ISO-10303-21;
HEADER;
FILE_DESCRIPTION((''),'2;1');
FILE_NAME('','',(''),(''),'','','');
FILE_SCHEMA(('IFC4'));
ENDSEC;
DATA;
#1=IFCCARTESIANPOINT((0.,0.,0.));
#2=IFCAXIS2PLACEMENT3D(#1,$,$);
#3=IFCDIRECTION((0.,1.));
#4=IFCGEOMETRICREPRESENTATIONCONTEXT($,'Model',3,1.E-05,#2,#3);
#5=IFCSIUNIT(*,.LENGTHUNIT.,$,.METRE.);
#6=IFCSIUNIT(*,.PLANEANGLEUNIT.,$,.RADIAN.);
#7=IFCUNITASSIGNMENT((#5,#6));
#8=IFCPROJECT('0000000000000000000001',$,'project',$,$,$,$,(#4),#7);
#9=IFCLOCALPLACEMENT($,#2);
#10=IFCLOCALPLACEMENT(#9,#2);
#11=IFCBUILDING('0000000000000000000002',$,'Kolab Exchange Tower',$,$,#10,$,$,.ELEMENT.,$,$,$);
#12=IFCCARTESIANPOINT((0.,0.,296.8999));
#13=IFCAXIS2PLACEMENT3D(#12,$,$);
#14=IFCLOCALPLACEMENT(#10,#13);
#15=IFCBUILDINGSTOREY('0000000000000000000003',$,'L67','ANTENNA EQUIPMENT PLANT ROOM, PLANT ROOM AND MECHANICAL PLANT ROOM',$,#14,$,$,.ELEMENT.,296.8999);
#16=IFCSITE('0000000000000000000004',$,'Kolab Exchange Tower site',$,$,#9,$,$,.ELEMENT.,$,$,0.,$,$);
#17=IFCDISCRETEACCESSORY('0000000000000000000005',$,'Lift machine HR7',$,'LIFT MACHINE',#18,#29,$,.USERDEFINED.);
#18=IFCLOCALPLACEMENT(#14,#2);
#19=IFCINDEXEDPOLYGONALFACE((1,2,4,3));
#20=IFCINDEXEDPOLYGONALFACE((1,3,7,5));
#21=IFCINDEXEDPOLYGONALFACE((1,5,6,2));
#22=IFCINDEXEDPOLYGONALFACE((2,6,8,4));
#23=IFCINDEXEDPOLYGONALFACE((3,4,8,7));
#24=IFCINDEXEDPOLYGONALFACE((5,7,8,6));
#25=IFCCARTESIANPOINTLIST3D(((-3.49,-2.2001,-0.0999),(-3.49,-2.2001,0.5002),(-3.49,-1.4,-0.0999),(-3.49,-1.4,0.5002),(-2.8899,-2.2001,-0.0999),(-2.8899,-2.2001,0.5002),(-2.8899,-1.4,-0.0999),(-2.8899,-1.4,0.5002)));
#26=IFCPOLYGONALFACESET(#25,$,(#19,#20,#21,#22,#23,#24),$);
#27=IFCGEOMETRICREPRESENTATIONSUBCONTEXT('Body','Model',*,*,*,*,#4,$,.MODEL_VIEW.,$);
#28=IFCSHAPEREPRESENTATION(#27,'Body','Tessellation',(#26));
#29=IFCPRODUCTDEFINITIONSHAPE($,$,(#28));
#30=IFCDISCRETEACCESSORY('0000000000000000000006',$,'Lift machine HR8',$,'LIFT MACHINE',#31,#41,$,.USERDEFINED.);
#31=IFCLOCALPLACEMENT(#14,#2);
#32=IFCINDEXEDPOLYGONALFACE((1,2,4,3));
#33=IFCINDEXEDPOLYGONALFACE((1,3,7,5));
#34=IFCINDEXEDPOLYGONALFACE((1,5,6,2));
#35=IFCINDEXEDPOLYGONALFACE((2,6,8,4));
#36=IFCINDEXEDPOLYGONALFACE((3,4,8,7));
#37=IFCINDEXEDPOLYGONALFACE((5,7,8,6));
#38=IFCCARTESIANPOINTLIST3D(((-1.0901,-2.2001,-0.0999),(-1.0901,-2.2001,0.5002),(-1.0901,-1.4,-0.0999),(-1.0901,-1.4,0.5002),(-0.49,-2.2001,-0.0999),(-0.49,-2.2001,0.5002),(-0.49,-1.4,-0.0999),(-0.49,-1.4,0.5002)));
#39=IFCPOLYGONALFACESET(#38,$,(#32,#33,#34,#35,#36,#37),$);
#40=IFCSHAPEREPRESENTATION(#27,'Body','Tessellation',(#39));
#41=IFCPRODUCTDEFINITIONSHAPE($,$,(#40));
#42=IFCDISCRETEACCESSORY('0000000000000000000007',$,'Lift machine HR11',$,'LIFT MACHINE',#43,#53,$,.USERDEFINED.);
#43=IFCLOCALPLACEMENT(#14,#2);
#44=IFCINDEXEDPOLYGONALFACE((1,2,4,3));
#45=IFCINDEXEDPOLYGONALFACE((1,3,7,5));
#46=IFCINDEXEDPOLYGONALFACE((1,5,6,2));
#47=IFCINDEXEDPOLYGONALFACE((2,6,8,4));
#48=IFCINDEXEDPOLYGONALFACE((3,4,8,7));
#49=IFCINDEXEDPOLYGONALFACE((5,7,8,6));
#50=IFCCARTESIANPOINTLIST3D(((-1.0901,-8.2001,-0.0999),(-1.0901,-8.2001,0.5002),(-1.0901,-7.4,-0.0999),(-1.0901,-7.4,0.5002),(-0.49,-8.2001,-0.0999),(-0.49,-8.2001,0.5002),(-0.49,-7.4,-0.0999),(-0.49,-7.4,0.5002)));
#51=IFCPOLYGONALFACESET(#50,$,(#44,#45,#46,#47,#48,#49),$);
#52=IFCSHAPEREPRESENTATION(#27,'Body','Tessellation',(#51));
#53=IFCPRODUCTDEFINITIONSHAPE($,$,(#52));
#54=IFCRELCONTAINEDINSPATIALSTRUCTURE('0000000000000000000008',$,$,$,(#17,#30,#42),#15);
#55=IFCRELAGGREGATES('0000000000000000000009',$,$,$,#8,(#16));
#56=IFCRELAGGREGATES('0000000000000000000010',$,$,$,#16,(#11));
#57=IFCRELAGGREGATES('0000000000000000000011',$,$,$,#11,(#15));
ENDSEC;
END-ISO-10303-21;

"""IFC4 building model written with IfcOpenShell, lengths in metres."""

from ifc_helpers import new_model, si_unit, direction, frame, origin, origin_2d, place, context, subcontext, project, spatial, rectangle, extrude, element, save


model = new_model("IFC4")

# Units and contexts
model_context = context("Model", 3, precision=1e-05, world=origin(), true_north=direction((0.0, 1.0)))
body_context = subcontext(model_context, "Body", "Model", "MODEL_VIEW")
ifc_project = project(units=[si_unit("LENGTHUNIT", "METRE"), si_unit("PLANEANGLEUNIT", "RADIAN")], contexts=[model_context])

# Site, building, storey
site_placement = place(None, origin())
site = spatial("IfcSite", under=ifc_project, at=site_placement, Name="Kolab Exchange Tower site", CompositionType="ELEMENT", RefElevation=0.0)
building_placement = place(site_placement, origin())
building = spatial("IfcBuilding", under=site, at=building_placement, Name="Kolab Exchange Tower", CompositionType="ELEMENT")
storey_placement = place(building_placement, frame((0.0, 0.0, 296.8999)))
storey = spatial("IfcBuildingStorey", under=building, at=storey_placement, Name="L67", Description="ANTENNA EQUIPMENT PLANT ROOM, PLANT ROOM AND MECHANICAL PLANT ROOM", CompositionType="ELEMENT", Elevation=296.8999)

# Discrete accessories
for number, where, z_axis, x_axis, name in (
    (1, (-3.1899, -1.8, -0.0999), (0.0, 0.0, 1.0), (1.0, 0.0, 0.0), "Lift machine HR7"),
    (2, (-0.79, -1.8, -0.0999), (0.0, 0.0, 1.0), (1.0, 0.0, 0.0), "Lift machine HR8"),
    (3, (-0.79, -7.8, -0.0999), (0.0, 0.0, 1.0), (1.0, 0.0, 0.0), "Lift machine HR11"),
):
    element("IfcDiscreteAccessory", number, at=place(storey_placement, frame(where, z_axis=z_axis, x_axis=x_axis)), inside=storey, Name=name, ObjectType="LIFT MACHINE", PredefinedType="USERDEFINED", context=body_context, shape_type="SweptSolid", body=[
        extrude(rectangle(XDim=0.6001, YDim=0.8, at=origin_2d()), origin(), (0.0, 0.0, 1.0), 0.6001),
    ])

save(model, "model.ifc")
